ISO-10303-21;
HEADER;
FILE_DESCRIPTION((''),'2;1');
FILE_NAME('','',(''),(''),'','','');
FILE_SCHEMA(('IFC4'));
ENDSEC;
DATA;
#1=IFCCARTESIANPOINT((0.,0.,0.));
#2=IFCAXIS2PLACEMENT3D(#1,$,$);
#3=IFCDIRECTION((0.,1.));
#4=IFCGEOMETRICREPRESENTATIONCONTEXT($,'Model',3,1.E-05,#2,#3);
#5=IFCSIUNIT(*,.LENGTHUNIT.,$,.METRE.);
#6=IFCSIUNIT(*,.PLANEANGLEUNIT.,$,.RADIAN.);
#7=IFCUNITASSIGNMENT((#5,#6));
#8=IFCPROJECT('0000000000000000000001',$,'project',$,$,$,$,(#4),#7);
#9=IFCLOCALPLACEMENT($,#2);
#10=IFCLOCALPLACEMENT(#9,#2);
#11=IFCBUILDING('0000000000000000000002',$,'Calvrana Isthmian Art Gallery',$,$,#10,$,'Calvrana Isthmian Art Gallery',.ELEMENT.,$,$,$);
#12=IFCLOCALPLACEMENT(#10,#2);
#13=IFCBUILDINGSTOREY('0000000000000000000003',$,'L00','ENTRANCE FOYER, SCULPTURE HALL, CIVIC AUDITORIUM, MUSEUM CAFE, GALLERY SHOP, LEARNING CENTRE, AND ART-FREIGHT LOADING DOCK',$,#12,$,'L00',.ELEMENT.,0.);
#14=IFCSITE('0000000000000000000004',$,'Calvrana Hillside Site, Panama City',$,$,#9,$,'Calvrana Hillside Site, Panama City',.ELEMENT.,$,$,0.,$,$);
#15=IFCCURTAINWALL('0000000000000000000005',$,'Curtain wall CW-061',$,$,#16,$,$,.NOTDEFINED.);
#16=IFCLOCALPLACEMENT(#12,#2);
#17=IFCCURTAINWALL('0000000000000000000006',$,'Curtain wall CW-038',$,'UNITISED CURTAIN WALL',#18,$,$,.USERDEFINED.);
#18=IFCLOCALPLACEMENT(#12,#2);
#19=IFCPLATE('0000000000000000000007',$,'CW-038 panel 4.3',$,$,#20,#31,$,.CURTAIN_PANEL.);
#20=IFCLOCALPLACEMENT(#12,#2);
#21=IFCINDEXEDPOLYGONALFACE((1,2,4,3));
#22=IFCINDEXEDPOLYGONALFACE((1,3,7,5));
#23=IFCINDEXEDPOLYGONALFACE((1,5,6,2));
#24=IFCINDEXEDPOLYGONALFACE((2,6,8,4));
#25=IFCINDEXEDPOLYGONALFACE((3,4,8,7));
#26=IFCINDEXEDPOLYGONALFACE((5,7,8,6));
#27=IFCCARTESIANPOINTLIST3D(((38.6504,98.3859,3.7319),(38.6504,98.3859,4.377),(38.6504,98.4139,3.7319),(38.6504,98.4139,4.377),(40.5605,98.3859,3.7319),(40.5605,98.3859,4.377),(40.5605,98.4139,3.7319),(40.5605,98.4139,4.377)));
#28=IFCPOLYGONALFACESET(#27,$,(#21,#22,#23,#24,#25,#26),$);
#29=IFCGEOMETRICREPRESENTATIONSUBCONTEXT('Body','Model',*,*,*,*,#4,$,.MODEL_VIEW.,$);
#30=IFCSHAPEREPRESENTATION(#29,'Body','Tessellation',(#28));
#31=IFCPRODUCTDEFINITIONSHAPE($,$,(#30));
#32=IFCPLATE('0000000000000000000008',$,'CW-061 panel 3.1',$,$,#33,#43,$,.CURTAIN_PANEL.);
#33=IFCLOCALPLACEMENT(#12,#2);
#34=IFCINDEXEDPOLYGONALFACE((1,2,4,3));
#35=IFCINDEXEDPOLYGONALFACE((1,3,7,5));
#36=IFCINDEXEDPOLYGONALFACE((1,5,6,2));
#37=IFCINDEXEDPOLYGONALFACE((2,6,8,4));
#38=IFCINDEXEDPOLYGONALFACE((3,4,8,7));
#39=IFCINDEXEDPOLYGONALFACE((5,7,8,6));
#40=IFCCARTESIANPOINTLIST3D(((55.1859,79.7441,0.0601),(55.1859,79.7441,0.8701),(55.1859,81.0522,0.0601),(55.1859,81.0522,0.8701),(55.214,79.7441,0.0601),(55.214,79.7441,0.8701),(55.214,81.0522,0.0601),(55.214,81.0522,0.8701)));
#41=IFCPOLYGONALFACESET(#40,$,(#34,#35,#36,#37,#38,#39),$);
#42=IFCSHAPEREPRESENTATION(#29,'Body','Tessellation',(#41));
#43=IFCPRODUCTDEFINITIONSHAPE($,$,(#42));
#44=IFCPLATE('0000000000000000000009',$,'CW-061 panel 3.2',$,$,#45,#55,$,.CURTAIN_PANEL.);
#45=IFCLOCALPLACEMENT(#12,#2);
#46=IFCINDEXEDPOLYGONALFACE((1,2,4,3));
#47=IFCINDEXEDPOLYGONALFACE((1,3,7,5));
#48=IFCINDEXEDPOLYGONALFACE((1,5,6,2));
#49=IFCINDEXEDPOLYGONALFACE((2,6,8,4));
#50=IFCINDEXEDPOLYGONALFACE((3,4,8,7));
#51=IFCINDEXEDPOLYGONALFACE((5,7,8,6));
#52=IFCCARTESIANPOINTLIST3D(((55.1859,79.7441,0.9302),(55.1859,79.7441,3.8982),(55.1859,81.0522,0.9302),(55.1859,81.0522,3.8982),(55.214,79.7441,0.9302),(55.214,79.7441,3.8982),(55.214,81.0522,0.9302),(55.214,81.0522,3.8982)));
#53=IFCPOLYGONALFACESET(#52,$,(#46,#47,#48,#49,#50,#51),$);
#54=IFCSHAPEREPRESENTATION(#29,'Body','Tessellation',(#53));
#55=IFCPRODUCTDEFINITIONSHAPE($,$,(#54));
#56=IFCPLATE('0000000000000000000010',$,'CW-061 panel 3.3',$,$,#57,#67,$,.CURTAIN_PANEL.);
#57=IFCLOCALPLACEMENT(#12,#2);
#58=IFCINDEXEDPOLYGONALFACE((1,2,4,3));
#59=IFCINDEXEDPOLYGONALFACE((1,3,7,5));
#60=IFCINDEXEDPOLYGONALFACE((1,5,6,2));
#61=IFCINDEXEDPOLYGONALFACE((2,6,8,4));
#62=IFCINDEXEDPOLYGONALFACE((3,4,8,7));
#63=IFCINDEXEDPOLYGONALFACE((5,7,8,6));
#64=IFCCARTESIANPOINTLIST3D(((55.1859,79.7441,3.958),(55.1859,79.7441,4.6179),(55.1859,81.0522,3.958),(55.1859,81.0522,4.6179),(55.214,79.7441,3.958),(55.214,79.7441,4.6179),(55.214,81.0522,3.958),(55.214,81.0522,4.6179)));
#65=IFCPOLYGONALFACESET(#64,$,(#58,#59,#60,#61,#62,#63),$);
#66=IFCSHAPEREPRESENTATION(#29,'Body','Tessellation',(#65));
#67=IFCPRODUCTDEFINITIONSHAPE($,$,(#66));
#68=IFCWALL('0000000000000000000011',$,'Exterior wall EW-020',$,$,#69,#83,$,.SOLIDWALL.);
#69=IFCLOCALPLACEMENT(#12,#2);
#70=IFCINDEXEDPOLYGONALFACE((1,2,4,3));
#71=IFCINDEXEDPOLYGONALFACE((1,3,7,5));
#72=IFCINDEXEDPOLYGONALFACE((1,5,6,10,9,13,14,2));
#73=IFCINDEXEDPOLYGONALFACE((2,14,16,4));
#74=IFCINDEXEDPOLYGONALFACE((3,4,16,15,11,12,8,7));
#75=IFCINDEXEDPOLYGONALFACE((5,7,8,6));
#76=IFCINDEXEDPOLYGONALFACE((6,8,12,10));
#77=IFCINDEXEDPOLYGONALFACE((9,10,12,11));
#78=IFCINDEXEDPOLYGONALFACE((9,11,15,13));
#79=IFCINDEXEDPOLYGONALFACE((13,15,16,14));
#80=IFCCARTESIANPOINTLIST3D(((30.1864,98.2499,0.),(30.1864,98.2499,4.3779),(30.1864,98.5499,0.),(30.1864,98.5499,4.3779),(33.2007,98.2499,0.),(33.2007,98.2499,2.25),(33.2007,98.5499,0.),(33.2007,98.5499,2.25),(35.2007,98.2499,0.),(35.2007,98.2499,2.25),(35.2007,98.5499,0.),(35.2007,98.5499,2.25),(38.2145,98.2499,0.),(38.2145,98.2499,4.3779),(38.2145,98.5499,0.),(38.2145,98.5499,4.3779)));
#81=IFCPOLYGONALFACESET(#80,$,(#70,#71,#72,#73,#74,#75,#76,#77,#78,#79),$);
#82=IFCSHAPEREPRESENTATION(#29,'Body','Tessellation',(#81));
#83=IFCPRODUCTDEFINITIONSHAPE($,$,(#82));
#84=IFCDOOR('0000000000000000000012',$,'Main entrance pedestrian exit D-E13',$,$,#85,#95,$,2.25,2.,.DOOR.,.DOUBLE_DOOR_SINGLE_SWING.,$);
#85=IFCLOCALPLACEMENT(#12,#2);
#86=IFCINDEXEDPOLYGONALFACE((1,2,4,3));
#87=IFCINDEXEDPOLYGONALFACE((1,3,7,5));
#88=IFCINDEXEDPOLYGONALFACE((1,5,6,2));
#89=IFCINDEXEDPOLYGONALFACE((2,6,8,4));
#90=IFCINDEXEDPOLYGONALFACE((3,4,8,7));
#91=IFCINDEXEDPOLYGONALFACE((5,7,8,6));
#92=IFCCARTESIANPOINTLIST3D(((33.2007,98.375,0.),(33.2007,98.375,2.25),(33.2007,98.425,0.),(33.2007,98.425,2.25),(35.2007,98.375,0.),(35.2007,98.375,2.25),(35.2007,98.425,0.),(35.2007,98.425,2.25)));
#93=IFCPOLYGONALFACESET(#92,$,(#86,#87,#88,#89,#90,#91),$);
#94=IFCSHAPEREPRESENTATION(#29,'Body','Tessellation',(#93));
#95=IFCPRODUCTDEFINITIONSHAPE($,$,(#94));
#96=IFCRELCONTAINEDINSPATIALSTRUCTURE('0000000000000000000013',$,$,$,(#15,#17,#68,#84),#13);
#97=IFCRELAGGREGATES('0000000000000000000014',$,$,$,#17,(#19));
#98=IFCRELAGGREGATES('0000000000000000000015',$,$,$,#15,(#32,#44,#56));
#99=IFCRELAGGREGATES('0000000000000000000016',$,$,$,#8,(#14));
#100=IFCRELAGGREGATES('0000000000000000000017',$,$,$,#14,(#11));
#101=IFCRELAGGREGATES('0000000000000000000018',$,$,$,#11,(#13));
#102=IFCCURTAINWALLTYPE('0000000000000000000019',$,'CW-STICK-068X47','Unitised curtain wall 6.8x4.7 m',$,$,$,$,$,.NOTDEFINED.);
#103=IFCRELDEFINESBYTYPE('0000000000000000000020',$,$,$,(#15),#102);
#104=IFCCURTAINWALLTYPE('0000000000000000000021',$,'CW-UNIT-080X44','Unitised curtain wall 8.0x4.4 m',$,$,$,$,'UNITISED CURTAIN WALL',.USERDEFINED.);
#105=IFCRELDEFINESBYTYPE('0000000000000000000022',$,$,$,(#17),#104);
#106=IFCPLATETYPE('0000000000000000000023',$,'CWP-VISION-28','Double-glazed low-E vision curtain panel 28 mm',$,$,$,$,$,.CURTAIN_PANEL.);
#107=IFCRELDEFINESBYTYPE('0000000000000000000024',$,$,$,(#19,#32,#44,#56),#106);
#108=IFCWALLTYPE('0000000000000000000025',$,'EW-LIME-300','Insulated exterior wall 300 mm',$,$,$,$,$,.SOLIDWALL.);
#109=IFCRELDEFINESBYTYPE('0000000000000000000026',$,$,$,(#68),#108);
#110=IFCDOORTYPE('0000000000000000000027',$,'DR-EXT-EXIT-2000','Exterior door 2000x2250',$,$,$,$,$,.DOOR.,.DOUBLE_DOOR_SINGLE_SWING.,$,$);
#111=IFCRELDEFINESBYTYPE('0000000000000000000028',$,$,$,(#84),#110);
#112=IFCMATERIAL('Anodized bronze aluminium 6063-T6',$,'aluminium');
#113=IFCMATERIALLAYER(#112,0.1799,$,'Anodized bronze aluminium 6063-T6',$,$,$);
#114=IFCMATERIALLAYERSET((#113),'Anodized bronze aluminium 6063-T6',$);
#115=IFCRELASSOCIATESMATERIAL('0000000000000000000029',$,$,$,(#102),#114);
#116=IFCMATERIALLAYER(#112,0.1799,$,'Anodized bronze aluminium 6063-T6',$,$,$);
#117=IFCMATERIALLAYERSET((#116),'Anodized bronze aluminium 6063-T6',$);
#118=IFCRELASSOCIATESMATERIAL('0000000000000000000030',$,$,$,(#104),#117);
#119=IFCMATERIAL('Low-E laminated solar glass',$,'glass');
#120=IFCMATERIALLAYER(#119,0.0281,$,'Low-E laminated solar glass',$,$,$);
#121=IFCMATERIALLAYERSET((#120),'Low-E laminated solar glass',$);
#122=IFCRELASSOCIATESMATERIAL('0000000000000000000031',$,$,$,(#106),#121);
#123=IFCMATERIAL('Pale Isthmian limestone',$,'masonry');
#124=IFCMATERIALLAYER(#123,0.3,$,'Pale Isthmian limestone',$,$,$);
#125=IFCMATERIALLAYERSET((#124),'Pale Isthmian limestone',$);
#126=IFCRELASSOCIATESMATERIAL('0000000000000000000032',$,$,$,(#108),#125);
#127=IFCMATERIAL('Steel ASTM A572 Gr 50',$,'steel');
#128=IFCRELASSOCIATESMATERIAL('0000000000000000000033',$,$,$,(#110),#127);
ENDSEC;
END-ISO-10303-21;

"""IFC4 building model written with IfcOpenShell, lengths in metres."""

from ifc_helpers import new_model, si_unit, direction, frame, frame_2d, origin, origin_2d, place, context, subcontext, project, spatial, rectangle, extrude, material, layer, layer_set, type_object, element, fill, aggregate, save


model = new_model("IFC4")

# Units and contexts
model_context = context("Model", 3, precision=1e-05, world=origin(), true_north=direction((0.0, 1.0)))
body_context = subcontext(model_context, "Body", "Model", "MODEL_VIEW")
ifc_project = project(units=[si_unit("LENGTHUNIT", "METRE"), si_unit("PLANEANGLEUNIT", "RADIAN")], contexts=[model_context])

# Site, building, storey
site_placement = place(None, origin())
site = spatial("IfcSite", under=ifc_project, at=site_placement, Name="Calvrana Hillside Site, Panama City", LongName="Calvrana Hillside Site, Panama City", CompositionType="ELEMENT", RefElevation=0.0)
building_placement = place(site_placement, origin())
building = spatial("IfcBuilding", under=site, at=building_placement, Name="Calvrana Isthmian Art Gallery", LongName="Calvrana Isthmian Art Gallery", CompositionType="ELEMENT")
storey_placement = place(building_placement, origin())
storey = spatial("IfcBuildingStorey", under=building, at=storey_placement, Name="L00", Description="ENTRANCE FOYER, SCULPTURE HALL, CIVIC AUDITORIUM, MUSEUM CAFE, GALLERY SHOP, LEARNING CENTRE, AND ART-FREIGHT LOADING DOCK", LongName="L00", CompositionType="ELEMENT", Elevation=0.0)

# Curtain wall
ifc_material_1 = material(Name="Anodized bronze aluminium 6063-T6", Category="aluminium")
ifc_layer_1 = layer(ifc_material_1, 0.1799, Name="Anodized bronze aluminium 6063-T6")
ifc_layer_set_1 = layer_set([ifc_layer_1], Name="Anodized bronze aluminium 6063-T6")
curtain_wall_type_1 = type_object("IfcCurtainWallType", Name="CW-STICK-068X47", Description="Unitised curtain wall 6.8x4.7 m", PredefinedType="NOTDEFINED", material=ifc_layer_set_1)
curtain_wall_1_placement = place(storey_placement, origin())
curtain_wall_1 = element("IfcCurtainWall", 1, at=curtain_wall_1_placement, inside=storey, type_object=curtain_wall_type_1, Name="Curtain wall CW-061", PredefinedType="NOTDEFINED")

# Curtain wall
ifc_layer_2 = layer(ifc_material_1, 0.1799, Name="Anodized bronze aluminium 6063-T6")
ifc_layer_set_2 = layer_set([ifc_layer_2], Name="Anodized bronze aluminium 6063-T6")
curtain_wall_type_2 = type_object("IfcCurtainWallType", Name="CW-UNIT-080X44", Description="Unitised curtain wall 8.0x4.4 m", ElementType="UNITISED CURTAIN WALL", PredefinedType="USERDEFINED", material=ifc_layer_set_2)
curtain_wall_2_placement = place(storey_placement, origin())
curtain_wall_2 = element("IfcCurtainWall", 2, at=curtain_wall_2_placement, inside=storey, type_object=curtain_wall_type_2, Name="Curtain wall CW-038", ObjectType="UNITISED CURTAIN WALL", PredefinedType="USERDEFINED")

# Plates
ifc_material_2 = material(Name="Low-E laminated solar glass", Category="glass")
ifc_layer_3 = layer(ifc_material_2, 0.0281, Name="Low-E laminated solar glass")
ifc_layer_set_3 = layer_set([ifc_layer_3], Name="Low-E laminated solar glass")
plate_type = type_object("IfcPlateType", Name="CWP-VISION-28", Description="Double-glazed low-E vision curtain panel 28 mm", PredefinedType="CURTAIN_PANEL", material=ifc_layer_set_3)
plate_1_placement = place(storey_placement, frame((39.6055, 98.3999, 3.7319), z_axis=(0.0, 0.0, 1.0), x_axis=(-1.0, 0.0, 0.0)))
plate_1 = element("IfcPlate", 3, at=plate_1_placement, type_object=plate_type, Name="CW-038 panel 4.3", PredefinedType="CURTAIN_PANEL", context=body_context, shape_type="SweptSolid", body=[
    extrude(rectangle(XDim=1.9102, YDim=0.0281, at=origin_2d()), origin(), (0.0, 0.0, 1.0), 0.645),
])
aggregate(curtain_wall_2, [plate_1])
plate_2_placement = place(storey_placement, frame((55.2, 80.3982, 0.0601), z_axis=(0.0, 0.0, 1.0), x_axis=(0.0, 1.0, 0.0)))
plate_2 = element("IfcPlate", 4, at=plate_2_placement, type_object=plate_type, Name="CW-061 panel 3.1", PredefinedType="CURTAIN_PANEL", context=body_context, shape_type="SweptSolid", body=[
    extrude(rectangle(XDim=1.3081, YDim=0.0281, at=origin_2d()), origin(), (0.0, 0.0, 1.0), 0.8101),
])
plate_3_placement = place(storey_placement, frame((55.2, 80.3982, 0.9302), z_axis=(0.0, 0.0, 1.0), x_axis=(0.0, 1.0, 0.0)))
plate_3 = element("IfcPlate", 5, at=plate_3_placement, type_object=plate_type, Name="CW-061 panel 3.2", PredefinedType="CURTAIN_PANEL", context=body_context, shape_type="SweptSolid", body=[
    extrude(rectangle(XDim=1.3081, YDim=0.0281, at=origin_2d()), origin(), (0.0, 0.0, 1.0), 2.968),
])
plate_4_placement = place(storey_placement, frame((55.2, 80.3982, 3.958), z_axis=(0.0, 0.0, 1.0), x_axis=(0.0, 1.0, 0.0)))
plate_4 = element("IfcPlate", 6, at=plate_4_placement, type_object=plate_type, Name="CW-061 panel 3.3", PredefinedType="CURTAIN_PANEL", context=body_context, shape_type="SweptSolid", body=[
    extrude(rectangle(XDim=1.3081, YDim=0.0281, at=origin_2d()), origin(), (0.0, 0.0, 1.0), 0.6599),
])
aggregate(curtain_wall_1, [plate_2, plate_3, plate_4])

# Wall, opening, door
ifc_material_3 = material(Name="Pale Isthmian limestone", Category="masonry")
ifc_layer_4 = layer(ifc_material_3, 0.3, Name="Pale Isthmian limestone")
ifc_layer_set_4 = layer_set([ifc_layer_4], Name="Pale Isthmian limestone")
wall_type = type_object("IfcWallType", Name="EW-LIME-300", Description="Insulated exterior wall 300 mm", PredefinedType="SOLIDWALL", material=ifc_layer_set_4)
wall_placement = place(storey_placement, frame((38.2146, 98.3999, 0.0), z_axis=(0.0, 0.0, 1.0), x_axis=(-1.0, 0.0, 0.0)))
wall = element("IfcWall", 7, at=wall_placement, inside=storey, type_object=wall_type, Name="Exterior wall EW-020", PredefinedType="SOLIDWALL", context=body_context, shape_type="SweptSolid", body=[
    extrude(rectangle(XDim=8.0281, YDim=0.3, at=frame_2d((4.0142, 0.0))), origin(), (0.0, 0.0, 1.0), 4.3779),
])
opening_placement = place(wall_placement, frame((3.0139, 0.0, 0.0)))
opening = element("IfcOpeningElement", 8, at=opening_placement, cuts=wall, PredefinedType="OPENING", context=body_context, shape_type="SweptSolid", body=[
    extrude(rectangle(XDim=2.0, YDim=2.25, at=frame_2d((1.0, 1.125))), frame((0.0, 0.1602, 0.0), z_axis=(0.0, -1.0, 0.0), x_axis=(1.0, 0.0, 0.0)), (0.0, 0.0, 1.0), 0.3206),
])
ifc_material_4 = material(Name="Steel ASTM A572 Gr 50", Category="steel")
door_type = type_object("IfcDoorType", Name="DR-EXT-EXIT-2000", Description="Exterior door 2000x2250", OperationType="DOUBLE_DOOR_SINGLE_SWING", PredefinedType="DOOR", material=ifc_material_4)
door_placement = place(opening_placement, origin())
door = element("IfcDoor", 9, at=door_placement, inside=storey, type_object=door_type, Name="Main entrance pedestrian exit D-E13", OperationType="DOUBLE_DOOR_SINGLE_SWING", OverallHeight=2.25, OverallWidth=2.0, PredefinedType="DOOR", context=body_context, shape_type="SweptSolid", body=[
    extrude(rectangle(XDim=2.0, YDim=2.25, at=frame_2d((1.0, 1.125))), frame((0.0, 0.0249, 0.0), z_axis=(0.0, -1.0, 0.0), x_axis=(1.0, 0.0, 0.0)), (0.0, 0.0, 1.0), 0.05),
])
fill(opening, door)

save(model, "model.ifc")
